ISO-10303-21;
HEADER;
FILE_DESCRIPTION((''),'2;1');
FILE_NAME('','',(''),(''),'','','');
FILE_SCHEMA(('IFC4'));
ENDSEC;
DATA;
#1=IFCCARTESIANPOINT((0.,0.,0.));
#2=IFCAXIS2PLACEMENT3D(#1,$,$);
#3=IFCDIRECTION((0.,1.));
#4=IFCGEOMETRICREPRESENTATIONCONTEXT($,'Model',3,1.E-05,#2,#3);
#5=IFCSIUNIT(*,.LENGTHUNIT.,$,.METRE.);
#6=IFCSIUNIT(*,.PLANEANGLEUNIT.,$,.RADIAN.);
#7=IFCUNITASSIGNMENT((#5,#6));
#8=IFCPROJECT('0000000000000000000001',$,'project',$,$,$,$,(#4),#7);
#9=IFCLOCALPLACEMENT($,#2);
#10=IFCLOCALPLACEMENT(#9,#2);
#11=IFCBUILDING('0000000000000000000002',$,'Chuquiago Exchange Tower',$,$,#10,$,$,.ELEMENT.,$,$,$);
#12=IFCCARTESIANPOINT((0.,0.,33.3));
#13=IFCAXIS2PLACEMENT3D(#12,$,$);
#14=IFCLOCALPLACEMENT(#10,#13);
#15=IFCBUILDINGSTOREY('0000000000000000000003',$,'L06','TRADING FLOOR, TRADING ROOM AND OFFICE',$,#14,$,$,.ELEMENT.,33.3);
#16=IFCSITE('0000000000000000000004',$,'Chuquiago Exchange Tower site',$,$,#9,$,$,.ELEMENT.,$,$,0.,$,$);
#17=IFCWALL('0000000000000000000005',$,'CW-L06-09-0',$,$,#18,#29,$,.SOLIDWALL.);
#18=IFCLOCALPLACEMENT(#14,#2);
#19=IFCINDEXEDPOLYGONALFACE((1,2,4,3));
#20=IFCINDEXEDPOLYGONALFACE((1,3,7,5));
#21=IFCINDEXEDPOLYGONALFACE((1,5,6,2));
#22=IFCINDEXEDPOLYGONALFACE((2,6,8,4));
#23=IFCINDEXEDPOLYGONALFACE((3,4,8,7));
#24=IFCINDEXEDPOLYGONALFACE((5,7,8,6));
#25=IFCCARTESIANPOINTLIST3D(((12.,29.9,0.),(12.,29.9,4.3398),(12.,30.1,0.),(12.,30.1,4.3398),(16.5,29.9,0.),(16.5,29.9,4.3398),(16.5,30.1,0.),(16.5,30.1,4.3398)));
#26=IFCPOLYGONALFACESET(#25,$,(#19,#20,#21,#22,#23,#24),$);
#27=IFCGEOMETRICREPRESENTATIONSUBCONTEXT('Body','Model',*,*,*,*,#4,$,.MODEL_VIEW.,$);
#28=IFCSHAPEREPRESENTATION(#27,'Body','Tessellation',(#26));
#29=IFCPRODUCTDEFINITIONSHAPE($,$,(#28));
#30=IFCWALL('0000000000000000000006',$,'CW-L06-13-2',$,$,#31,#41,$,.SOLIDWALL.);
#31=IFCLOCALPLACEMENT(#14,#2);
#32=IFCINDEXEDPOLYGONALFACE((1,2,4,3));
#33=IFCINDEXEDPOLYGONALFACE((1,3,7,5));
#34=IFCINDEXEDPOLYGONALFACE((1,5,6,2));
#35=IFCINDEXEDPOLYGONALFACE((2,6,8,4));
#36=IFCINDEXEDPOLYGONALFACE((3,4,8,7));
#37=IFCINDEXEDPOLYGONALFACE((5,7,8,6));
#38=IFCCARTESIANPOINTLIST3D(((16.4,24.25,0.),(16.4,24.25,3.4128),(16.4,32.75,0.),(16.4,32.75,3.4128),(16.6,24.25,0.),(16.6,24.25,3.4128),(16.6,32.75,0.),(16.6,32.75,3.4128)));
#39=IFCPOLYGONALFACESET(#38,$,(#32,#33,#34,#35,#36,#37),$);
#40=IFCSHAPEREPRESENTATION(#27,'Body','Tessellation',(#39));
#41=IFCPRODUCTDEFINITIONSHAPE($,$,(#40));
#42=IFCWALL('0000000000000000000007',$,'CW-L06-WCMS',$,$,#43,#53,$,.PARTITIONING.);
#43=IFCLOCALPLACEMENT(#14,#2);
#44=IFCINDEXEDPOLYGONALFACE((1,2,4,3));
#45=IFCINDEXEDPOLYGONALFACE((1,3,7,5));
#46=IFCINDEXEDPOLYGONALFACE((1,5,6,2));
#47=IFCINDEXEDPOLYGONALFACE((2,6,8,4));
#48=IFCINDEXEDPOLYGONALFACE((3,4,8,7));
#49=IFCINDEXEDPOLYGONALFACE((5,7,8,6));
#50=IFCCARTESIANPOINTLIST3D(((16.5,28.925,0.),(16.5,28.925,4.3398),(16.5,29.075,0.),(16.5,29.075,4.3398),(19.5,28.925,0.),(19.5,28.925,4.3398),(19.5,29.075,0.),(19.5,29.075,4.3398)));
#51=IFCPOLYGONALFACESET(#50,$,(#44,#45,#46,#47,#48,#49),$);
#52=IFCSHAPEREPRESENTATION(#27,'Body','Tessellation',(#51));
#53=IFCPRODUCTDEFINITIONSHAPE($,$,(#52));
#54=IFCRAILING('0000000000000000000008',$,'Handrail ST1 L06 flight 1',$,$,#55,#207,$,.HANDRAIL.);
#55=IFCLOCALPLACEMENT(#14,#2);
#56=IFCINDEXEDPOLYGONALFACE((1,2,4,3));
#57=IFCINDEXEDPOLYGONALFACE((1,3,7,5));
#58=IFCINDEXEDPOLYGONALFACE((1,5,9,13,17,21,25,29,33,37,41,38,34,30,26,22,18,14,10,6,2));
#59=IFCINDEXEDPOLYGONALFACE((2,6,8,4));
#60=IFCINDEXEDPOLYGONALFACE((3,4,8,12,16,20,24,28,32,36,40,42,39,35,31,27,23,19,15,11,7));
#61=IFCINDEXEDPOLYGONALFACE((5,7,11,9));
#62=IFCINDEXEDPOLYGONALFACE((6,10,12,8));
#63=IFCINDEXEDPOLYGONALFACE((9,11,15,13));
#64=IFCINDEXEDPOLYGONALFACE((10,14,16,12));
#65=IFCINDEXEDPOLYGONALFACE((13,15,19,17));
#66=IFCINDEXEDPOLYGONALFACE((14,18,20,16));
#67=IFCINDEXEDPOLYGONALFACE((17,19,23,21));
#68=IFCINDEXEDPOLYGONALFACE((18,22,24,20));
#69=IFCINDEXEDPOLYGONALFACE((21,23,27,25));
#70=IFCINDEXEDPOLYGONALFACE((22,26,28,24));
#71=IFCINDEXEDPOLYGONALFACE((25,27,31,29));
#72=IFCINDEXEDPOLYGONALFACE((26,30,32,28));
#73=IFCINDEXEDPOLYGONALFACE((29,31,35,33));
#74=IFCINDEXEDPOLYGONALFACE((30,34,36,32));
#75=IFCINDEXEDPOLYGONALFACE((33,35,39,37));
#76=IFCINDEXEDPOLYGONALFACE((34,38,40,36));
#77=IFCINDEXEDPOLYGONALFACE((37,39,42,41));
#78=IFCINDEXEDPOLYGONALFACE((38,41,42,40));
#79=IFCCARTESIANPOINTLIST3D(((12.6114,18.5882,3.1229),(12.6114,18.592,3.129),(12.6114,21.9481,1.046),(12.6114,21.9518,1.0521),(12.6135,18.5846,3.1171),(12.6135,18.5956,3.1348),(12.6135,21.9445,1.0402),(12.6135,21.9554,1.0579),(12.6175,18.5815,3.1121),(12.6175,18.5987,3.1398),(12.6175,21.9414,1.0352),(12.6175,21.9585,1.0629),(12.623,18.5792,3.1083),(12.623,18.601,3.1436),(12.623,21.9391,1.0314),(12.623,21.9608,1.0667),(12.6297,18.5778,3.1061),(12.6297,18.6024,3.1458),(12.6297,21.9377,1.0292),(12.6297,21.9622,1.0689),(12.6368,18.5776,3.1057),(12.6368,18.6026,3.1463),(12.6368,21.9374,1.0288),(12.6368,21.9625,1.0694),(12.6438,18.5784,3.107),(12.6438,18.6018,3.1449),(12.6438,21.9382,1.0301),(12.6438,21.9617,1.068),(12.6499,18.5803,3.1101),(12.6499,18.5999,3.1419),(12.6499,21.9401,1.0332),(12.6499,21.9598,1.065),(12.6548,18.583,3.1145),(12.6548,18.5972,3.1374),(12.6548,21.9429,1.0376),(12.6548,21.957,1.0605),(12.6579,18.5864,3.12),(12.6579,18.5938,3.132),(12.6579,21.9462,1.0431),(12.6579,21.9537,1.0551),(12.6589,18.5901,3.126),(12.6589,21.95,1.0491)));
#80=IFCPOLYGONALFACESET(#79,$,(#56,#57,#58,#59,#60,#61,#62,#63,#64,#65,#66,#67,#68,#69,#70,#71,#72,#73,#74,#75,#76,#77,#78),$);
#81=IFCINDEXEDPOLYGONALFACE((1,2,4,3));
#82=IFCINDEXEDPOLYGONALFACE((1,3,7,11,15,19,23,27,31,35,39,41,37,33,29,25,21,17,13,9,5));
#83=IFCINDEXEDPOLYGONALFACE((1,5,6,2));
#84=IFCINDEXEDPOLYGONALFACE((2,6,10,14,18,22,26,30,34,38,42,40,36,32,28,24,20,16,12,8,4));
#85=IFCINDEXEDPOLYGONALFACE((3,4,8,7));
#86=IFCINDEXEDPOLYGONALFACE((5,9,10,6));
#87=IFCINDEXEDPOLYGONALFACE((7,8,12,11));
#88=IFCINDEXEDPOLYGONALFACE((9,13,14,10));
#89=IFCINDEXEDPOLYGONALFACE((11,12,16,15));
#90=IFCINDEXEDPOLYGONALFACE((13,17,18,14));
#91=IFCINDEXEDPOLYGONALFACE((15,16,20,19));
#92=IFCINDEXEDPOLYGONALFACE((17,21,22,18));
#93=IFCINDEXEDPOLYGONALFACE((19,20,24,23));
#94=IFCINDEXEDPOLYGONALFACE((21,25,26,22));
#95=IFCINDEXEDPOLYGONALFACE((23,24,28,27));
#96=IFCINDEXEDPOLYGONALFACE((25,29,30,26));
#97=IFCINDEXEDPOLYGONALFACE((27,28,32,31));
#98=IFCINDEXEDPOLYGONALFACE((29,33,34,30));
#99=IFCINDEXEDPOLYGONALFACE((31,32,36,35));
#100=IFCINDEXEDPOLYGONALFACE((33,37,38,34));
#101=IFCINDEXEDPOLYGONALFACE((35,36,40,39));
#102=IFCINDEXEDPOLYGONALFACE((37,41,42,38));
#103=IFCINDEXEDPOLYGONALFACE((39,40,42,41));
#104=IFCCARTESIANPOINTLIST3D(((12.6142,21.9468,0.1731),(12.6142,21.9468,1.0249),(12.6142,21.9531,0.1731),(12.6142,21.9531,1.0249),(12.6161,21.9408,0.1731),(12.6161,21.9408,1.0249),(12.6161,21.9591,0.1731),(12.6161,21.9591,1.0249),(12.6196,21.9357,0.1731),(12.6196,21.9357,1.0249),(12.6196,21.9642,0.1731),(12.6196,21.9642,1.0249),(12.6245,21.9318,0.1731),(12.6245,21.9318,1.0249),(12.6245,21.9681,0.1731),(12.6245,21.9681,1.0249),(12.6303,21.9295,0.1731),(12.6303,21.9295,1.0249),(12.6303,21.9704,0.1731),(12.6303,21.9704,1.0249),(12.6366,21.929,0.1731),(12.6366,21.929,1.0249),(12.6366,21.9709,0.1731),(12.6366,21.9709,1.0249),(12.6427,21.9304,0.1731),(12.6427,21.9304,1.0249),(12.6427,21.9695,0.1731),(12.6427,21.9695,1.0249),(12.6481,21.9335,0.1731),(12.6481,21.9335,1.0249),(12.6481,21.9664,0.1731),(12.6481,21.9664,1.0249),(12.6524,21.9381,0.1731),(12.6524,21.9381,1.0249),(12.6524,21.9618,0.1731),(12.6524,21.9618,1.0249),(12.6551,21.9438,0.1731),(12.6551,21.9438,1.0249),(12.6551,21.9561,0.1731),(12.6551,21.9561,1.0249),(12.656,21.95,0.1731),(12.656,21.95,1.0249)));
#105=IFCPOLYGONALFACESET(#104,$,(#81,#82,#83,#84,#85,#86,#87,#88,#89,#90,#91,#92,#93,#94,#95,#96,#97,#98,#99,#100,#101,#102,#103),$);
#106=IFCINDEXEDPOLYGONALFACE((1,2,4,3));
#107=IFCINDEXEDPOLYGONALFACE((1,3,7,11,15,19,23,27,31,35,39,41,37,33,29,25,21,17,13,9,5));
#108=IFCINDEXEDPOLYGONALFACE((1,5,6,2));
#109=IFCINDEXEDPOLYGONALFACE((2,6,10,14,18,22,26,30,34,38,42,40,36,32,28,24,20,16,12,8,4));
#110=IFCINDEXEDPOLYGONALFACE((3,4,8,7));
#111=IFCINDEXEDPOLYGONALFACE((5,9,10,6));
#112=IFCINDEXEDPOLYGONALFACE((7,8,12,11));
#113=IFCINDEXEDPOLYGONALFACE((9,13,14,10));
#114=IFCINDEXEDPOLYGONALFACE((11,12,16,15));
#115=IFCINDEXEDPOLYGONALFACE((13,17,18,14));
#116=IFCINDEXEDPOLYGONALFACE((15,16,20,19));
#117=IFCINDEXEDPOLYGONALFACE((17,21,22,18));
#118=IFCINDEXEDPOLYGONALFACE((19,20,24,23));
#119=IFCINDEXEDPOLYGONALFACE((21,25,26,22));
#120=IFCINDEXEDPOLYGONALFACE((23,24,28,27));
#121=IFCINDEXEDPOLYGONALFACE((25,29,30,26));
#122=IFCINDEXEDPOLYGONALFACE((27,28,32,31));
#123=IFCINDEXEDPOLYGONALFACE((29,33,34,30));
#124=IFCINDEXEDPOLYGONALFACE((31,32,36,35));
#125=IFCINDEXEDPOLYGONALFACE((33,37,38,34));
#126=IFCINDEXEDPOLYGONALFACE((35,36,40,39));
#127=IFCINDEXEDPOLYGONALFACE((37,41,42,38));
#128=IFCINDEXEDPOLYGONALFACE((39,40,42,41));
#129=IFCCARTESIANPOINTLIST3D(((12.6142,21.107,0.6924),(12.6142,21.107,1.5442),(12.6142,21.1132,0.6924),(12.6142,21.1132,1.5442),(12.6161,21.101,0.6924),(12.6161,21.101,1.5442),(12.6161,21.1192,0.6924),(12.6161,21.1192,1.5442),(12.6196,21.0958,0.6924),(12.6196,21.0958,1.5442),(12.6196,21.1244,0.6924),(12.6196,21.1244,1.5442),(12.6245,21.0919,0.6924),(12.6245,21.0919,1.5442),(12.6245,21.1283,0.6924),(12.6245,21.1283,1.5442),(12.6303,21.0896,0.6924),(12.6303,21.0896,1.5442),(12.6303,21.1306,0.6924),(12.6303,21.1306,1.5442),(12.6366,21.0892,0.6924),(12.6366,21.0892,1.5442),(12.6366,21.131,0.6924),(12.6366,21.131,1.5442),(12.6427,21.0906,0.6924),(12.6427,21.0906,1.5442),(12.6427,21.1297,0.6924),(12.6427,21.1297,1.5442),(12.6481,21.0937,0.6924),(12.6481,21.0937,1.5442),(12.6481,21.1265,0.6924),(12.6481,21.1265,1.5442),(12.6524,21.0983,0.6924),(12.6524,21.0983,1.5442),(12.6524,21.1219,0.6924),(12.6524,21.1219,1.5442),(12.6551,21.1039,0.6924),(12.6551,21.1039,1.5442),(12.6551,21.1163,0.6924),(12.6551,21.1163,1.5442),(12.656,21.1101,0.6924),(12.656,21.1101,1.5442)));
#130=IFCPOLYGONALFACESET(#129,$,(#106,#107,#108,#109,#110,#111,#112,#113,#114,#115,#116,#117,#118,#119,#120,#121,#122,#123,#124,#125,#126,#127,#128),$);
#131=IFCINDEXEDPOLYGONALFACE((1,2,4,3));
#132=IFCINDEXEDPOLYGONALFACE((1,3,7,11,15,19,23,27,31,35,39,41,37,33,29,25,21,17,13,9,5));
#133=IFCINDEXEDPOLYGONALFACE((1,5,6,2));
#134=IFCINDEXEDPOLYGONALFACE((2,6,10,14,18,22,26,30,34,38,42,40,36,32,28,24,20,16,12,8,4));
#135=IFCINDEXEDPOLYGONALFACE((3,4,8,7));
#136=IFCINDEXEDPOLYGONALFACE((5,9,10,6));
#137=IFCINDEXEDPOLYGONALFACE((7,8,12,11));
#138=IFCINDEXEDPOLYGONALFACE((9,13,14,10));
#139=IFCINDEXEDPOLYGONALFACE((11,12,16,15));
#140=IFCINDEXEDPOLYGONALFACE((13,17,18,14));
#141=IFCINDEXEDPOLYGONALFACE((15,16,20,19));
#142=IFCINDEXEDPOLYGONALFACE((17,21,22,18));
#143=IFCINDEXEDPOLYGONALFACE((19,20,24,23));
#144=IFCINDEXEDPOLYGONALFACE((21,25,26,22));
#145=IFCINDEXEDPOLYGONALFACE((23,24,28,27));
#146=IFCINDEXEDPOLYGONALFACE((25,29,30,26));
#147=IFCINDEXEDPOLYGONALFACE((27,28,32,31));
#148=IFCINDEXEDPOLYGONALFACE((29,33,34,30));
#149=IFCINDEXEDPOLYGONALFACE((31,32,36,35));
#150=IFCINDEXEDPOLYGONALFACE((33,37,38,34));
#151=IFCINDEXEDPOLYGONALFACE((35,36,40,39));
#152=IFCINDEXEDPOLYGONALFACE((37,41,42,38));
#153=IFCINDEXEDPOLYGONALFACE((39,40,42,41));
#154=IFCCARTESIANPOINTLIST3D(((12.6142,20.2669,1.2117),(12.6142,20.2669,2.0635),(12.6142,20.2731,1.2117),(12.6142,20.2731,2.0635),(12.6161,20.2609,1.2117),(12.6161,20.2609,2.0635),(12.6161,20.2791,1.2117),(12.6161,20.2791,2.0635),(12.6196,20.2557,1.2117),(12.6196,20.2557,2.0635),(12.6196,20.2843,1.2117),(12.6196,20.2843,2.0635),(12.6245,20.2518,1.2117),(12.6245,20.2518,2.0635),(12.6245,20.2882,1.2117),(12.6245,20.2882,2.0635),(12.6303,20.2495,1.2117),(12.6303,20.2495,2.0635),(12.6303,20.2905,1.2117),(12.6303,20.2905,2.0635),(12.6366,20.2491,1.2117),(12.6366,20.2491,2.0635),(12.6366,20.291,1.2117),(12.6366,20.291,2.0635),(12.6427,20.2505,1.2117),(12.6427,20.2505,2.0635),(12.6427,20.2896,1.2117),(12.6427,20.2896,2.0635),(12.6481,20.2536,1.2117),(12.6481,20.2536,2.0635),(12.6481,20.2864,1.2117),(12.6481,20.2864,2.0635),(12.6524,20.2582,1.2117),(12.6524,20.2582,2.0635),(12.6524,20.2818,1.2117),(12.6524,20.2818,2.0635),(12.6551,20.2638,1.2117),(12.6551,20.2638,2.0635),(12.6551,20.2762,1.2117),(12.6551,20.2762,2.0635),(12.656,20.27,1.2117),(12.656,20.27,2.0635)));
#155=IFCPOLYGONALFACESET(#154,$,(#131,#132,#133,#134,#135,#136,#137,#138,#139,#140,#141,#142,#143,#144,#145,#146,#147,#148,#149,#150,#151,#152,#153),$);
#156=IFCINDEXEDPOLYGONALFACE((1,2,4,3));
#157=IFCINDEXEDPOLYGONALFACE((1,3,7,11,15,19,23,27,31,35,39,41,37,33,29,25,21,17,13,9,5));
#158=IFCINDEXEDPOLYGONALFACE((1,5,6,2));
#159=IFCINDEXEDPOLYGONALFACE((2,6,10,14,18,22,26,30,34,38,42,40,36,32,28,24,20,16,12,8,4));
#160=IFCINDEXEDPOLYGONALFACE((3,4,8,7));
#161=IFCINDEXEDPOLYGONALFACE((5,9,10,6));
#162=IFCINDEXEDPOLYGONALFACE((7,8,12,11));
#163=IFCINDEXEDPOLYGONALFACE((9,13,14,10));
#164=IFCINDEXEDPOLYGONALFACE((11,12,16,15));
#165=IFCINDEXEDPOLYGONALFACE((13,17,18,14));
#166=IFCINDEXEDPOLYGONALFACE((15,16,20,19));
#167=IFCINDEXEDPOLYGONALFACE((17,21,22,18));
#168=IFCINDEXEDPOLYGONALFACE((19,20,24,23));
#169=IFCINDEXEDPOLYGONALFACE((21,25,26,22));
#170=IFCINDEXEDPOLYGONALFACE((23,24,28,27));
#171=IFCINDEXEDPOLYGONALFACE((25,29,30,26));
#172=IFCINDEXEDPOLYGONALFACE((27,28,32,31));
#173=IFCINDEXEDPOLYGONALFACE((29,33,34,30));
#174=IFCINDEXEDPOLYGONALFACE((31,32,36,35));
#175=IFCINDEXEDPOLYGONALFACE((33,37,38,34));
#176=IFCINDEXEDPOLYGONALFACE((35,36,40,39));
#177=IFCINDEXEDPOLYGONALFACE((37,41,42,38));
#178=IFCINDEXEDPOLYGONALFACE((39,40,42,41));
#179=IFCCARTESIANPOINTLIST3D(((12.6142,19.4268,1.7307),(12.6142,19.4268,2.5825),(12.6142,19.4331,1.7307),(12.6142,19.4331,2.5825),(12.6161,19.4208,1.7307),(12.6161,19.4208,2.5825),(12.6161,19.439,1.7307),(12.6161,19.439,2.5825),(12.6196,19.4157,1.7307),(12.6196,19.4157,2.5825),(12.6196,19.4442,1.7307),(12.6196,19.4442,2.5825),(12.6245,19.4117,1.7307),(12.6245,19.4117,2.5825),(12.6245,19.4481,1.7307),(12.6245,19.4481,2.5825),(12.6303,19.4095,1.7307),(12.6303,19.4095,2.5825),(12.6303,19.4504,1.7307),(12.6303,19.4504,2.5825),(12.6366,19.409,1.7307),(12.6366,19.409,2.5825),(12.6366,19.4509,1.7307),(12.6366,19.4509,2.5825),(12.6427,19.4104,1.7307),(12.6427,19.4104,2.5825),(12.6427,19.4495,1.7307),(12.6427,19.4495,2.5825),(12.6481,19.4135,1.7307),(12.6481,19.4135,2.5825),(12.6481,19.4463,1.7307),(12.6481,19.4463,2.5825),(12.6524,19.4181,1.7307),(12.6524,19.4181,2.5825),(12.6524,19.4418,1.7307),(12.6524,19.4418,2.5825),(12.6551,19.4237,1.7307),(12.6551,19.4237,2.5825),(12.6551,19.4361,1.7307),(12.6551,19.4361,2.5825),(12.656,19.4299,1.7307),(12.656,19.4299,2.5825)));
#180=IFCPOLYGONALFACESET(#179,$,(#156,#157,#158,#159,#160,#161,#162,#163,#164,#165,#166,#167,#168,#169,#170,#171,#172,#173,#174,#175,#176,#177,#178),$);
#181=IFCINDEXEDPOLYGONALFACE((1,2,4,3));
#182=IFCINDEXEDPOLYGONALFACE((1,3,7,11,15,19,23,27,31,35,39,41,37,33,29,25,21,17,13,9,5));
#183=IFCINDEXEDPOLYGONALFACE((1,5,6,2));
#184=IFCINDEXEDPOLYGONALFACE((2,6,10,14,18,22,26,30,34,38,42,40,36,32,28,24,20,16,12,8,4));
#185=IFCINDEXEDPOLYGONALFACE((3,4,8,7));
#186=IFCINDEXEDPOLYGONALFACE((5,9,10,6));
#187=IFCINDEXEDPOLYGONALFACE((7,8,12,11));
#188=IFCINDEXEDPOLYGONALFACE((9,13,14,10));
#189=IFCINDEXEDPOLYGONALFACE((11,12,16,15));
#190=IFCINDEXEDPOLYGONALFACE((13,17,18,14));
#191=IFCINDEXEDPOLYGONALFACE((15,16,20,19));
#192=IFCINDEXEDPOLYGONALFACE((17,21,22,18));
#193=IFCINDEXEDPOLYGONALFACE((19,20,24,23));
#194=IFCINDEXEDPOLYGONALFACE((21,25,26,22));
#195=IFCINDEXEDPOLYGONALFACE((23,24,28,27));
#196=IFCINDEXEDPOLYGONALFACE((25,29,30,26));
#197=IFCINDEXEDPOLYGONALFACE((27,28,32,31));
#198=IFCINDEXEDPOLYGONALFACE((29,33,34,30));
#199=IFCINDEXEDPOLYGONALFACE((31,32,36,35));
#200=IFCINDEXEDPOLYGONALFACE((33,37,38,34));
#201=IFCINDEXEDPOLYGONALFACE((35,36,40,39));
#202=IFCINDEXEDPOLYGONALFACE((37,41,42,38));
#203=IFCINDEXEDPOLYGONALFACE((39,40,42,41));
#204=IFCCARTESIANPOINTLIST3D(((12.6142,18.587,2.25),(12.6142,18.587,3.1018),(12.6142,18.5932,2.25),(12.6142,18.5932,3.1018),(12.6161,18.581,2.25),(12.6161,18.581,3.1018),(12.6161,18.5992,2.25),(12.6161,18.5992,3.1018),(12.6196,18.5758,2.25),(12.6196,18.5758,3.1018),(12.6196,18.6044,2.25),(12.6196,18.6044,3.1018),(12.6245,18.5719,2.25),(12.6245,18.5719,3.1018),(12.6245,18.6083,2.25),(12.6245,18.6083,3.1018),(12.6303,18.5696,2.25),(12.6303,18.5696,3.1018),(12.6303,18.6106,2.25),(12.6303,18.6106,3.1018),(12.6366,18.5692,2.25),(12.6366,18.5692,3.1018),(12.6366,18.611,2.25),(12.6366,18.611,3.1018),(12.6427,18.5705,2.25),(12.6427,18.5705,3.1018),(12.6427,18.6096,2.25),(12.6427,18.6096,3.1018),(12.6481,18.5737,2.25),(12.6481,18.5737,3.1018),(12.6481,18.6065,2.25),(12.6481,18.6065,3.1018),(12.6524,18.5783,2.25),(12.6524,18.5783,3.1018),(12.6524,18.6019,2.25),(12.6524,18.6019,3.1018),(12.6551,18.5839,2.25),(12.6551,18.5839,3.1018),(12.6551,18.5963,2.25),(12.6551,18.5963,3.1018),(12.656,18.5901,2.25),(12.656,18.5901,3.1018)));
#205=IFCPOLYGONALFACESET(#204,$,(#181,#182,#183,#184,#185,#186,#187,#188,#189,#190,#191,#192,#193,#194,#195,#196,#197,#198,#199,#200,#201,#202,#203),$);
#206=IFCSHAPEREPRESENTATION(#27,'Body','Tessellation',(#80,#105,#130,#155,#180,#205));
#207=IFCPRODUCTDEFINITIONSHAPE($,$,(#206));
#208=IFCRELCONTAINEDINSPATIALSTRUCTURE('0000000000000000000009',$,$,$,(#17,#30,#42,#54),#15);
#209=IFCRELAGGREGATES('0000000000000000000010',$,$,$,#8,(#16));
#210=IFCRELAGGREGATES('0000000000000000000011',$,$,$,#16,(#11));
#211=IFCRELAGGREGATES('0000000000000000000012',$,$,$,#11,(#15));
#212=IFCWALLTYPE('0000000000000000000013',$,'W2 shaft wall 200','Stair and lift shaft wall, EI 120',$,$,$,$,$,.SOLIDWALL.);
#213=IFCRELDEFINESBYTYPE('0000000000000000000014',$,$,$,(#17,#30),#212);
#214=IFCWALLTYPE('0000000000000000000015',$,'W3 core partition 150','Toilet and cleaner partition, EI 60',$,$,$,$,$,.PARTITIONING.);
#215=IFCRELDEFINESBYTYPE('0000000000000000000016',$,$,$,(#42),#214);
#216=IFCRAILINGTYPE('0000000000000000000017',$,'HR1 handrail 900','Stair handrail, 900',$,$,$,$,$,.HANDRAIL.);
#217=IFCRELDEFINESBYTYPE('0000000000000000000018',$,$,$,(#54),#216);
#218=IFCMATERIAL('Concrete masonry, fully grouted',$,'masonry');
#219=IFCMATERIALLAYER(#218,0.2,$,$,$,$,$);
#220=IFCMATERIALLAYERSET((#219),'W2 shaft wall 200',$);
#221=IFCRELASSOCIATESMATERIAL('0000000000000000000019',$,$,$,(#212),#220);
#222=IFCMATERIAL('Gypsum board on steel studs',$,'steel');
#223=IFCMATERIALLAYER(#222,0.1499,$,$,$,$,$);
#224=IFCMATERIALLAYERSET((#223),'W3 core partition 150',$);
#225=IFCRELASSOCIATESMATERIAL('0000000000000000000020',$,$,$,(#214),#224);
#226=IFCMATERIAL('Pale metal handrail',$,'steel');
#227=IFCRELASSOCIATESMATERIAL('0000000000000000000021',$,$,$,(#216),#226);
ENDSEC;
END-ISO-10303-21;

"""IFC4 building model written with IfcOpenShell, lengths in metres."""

from ifc_helpers import new_model, si_unit, direction, frame, frame_2d, origin, origin_2d, place, context, subcontext, project, spatial, rectangle, circle, extrude, material, layer, layer_set, type_object, element, save


model = new_model("IFC4")

# Units and contexts
model_context = context("Model", 3, precision=1e-05, world=origin(), true_north=direction((0.0, 1.0)))
body_context = subcontext(model_context, "Body", "Model", "MODEL_VIEW")
ifc_project = project(units=[si_unit("LENGTHUNIT", "METRE"), si_unit("PLANEANGLEUNIT", "RADIAN")], contexts=[model_context])

# Site, building, storey
site_placement = place(None, origin())
site = spatial("IfcSite", under=ifc_project, at=site_placement, Name="Chuquiago Exchange Tower site", CompositionType="ELEMENT", RefElevation=0.0)
building_placement = place(site_placement, origin())
building = spatial("IfcBuilding", under=site, at=building_placement, Name="Chuquiago Exchange Tower", CompositionType="ELEMENT")
storey_placement = place(building_placement, frame((0.0, 0.0, 33.3)))
storey = spatial("IfcBuildingStorey", under=building, at=storey_placement, Name="L06", Description="TRADING FLOOR, TRADING ROOM AND OFFICE", CompositionType="ELEMENT", Elevation=33.3)

# Shared definitions
ifc_material_1 = material(Name="Concrete masonry, fully grouted", Category="masonry")
ifc_layer_1 = layer(ifc_material_1, 0.2)
ifc_layer_set_1 = layer_set([ifc_layer_1], Name="W2 shaft wall 200")
wall_type_1 = type_object("IfcWallType", Name="W2 shaft wall 200", Description="Stair and lift shaft wall, EI 120", PredefinedType="SOLIDWALL", material=ifc_layer_set_1)

# Walls
wall_1_placement = place(storey_placement, frame((12.0, 30.0, 0.0), z_axis=(0.0, 0.0, 1.0), x_axis=(1.0, 0.0, 0.0)))
element("IfcWall", 1, at=wall_1_placement, inside=storey, type_object=wall_type_1, Name="CW-L06-09-0", PredefinedType="SOLIDWALL", context=body_context, shape_type="SweptSolid", body=[
    extrude(rectangle(XDim=4.5, YDim=0.2, at=frame_2d((2.25, 0.0))), origin(), (0.0, 0.0, 1.0), 4.3398),
])
wall_2_placement = place(storey_placement, frame((16.5, 24.25, 0.0), z_axis=(0.0, 0.0, 1.0), x_axis=(0.0, 1.0, 0.0)))
element("IfcWall", 2, at=wall_2_placement, inside=storey, type_object=wall_type_1, Name="CW-L06-13-2", PredefinedType="SOLIDWALL", context=body_context, shape_type="SweptSolid", body=[
    extrude(rectangle(XDim=8.5, YDim=0.2, at=frame_2d((4.25, 0.0))), origin(), (0.0, 0.0, 1.0), 3.4128),
])
ifc_material_2 = material(Name="Gypsum board on steel studs", Category="steel")
ifc_layer_2 = layer(ifc_material_2, 0.1499)
ifc_layer_set_2 = layer_set([ifc_layer_2], Name="W3 core partition 150")
wall_type_2 = type_object("IfcWallType", Name="W3 core partition 150", Description="Toilet and cleaner partition, EI 60", PredefinedType="PARTITIONING", material=ifc_layer_set_2)
wall_3_placement = place(storey_placement, frame((16.5, 29.0, 0.0), z_axis=(0.0, 0.0, 1.0), x_axis=(1.0, 0.0, 0.0)))
element("IfcWall", 3, at=wall_3_placement, inside=storey, type_object=wall_type_2, Name="CW-L06-WCMS", PredefinedType="PARTITIONING", context=body_context, shape_type="SweptSolid", body=[
    extrude(rectangle(XDim=3.0, YDim=0.1499, at=frame_2d((1.5, 0.0))), origin(), (0.0, 0.0, 1.0), 4.3398),
])

# Railing
ifc_material_3 = material(Name="Pale metal handrail", Category="steel")
railing_type = type_object("IfcRailingType", Name="HR1 handrail 900", Description="Stair handrail, 900", PredefinedType="HANDRAIL", material=ifc_material_3)
for number, where, name in (
    (4, (12.635, 21.95, 0.1731), "Handrail ST1 L06 flight 1"),
):
    element("IfcRailing", number, at=place(storey_placement, frame(where)), inside=storey, type_object=railing_type, Name=name, PredefinedType="HANDRAIL", context=body_context, shape_type="SweptSolid", body=[
        extrude(circle(Radius=0.0239, at=origin_2d()), frame((0.0, 0.0, 0.876), z_axis=(0.0, -0.850606, 0.525803), x_axis=(1.0, 0.0, 0.0)), (0.0, 0.0, 1.0), 3.95),
        extrude(circle(Radius=0.021, at=origin_2d()), origin(), (0.0, 0.0, 1.0), 0.8518),
        extrude(circle(Radius=0.021, at=origin_2d()), frame((0.0, -0.8398, 0.5193)), (0.0, 0.0, 1.0), 0.8518),
        extrude(circle(Radius=0.021, at=origin_2d()), frame((0.0, -1.6799, 1.0386)), (0.0, 0.0, 1.0), 0.8518),
        extrude(circle(Radius=0.021, at=origin_2d()), frame((0.0, -2.52, 1.5576)), (0.0, 0.0, 1.0), 0.8518),
        extrude(circle(Radius=0.021, at=origin_2d()), frame((0.0, -3.3599, 2.0769)), (0.0, 0.0, 1.0), 0.8518),
    ])

save(model, "model.ifc")
